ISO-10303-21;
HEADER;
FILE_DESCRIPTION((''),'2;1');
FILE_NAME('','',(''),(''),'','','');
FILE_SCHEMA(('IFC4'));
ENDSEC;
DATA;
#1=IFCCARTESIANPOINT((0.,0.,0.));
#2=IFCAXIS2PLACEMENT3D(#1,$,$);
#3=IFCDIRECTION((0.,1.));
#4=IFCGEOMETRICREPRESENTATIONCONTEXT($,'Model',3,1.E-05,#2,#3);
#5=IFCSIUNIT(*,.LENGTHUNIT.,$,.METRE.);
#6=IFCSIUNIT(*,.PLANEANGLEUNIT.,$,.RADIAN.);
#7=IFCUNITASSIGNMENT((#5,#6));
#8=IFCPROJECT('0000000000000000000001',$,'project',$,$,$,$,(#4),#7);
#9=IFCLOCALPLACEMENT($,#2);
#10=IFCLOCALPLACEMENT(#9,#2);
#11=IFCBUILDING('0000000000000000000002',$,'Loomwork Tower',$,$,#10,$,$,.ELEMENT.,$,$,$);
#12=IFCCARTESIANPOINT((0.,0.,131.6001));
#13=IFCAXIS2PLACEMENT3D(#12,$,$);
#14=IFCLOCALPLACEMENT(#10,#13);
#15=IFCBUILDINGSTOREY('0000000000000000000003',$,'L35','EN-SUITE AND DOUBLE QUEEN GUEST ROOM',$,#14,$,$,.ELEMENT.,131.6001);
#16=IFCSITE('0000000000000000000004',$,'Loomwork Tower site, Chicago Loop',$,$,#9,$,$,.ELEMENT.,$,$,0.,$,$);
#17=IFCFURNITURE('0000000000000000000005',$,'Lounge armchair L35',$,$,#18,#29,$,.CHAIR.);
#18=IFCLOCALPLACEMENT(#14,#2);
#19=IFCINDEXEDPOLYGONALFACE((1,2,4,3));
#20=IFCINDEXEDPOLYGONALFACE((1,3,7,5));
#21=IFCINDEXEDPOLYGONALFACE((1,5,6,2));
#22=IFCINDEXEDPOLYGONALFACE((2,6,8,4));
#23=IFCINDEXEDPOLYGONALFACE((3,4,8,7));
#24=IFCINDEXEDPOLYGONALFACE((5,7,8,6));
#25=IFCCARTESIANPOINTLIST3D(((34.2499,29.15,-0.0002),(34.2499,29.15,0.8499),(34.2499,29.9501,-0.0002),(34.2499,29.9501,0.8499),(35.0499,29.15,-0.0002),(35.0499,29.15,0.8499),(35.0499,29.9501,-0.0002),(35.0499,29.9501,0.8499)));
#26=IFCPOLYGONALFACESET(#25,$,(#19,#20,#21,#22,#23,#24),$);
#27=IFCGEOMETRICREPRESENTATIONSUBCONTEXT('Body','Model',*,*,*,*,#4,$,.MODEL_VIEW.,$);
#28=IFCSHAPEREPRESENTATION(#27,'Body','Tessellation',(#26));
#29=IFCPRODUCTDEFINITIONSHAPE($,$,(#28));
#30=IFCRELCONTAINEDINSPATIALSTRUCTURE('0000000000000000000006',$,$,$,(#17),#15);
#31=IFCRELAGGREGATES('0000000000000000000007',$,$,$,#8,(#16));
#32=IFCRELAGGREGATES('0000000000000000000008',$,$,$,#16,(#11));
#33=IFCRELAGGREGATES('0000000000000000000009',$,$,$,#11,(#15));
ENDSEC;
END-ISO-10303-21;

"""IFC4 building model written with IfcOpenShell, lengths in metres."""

from ifc_helpers import new_model, si_unit, direction, frame, origin, origin_2d, place, context, subcontext, project, spatial, rectangle, extrude, element, save


model = new_model("IFC4")

# Units and contexts
model_context = context("Model", 3, precision=1e-05, world=origin(), true_north=direction((0.0, 1.0)))
body_context = subcontext(model_context, "Body", "Model", "MODEL_VIEW")
ifc_project = project(units=[si_unit("LENGTHUNIT", "METRE"), si_unit("PLANEANGLEUNIT", "RADIAN")], contexts=[model_context])

# Site, building, storey
site_placement = place(None, origin())
site = spatial("IfcSite", under=ifc_project, at=site_placement, Name="Loomwork Tower site, Chicago Loop", CompositionType="ELEMENT", RefElevation=0.0)
building_placement = place(site_placement, origin())
building = spatial("IfcBuilding", under=site, at=building_placement, Name="Loomwork Tower", CompositionType="ELEMENT")
storey_placement = place(building_placement, frame((0.0, 0.0, 131.6001)))
storey = spatial("IfcBuildingStorey", under=building, at=storey_placement, Name="L35", Description="EN-SUITE AND DOUBLE QUEEN GUEST ROOM", CompositionType="ELEMENT", Elevation=131.6001)

# Furniture
furniture_1_placement = place(storey_placement, frame((34.6499, 29.55, -0.0002), z_axis=(0.0, 0.0, 1.0), x_axis=(1.0, 0.0, 0.0)))
element("IfcFurniture", 1, at=furniture_1_placement, inside=storey, Name="Lounge armchair L35", PredefinedType="CHAIR", context=body_context, shape_type="SweptSolid", body=[
    extrude(rectangle(XDim=0.8, YDim=0.8, at=origin_2d()), origin(), (0.0, 0.0, 1.0), 0.8501),
])

save(model, "model.ifc")
